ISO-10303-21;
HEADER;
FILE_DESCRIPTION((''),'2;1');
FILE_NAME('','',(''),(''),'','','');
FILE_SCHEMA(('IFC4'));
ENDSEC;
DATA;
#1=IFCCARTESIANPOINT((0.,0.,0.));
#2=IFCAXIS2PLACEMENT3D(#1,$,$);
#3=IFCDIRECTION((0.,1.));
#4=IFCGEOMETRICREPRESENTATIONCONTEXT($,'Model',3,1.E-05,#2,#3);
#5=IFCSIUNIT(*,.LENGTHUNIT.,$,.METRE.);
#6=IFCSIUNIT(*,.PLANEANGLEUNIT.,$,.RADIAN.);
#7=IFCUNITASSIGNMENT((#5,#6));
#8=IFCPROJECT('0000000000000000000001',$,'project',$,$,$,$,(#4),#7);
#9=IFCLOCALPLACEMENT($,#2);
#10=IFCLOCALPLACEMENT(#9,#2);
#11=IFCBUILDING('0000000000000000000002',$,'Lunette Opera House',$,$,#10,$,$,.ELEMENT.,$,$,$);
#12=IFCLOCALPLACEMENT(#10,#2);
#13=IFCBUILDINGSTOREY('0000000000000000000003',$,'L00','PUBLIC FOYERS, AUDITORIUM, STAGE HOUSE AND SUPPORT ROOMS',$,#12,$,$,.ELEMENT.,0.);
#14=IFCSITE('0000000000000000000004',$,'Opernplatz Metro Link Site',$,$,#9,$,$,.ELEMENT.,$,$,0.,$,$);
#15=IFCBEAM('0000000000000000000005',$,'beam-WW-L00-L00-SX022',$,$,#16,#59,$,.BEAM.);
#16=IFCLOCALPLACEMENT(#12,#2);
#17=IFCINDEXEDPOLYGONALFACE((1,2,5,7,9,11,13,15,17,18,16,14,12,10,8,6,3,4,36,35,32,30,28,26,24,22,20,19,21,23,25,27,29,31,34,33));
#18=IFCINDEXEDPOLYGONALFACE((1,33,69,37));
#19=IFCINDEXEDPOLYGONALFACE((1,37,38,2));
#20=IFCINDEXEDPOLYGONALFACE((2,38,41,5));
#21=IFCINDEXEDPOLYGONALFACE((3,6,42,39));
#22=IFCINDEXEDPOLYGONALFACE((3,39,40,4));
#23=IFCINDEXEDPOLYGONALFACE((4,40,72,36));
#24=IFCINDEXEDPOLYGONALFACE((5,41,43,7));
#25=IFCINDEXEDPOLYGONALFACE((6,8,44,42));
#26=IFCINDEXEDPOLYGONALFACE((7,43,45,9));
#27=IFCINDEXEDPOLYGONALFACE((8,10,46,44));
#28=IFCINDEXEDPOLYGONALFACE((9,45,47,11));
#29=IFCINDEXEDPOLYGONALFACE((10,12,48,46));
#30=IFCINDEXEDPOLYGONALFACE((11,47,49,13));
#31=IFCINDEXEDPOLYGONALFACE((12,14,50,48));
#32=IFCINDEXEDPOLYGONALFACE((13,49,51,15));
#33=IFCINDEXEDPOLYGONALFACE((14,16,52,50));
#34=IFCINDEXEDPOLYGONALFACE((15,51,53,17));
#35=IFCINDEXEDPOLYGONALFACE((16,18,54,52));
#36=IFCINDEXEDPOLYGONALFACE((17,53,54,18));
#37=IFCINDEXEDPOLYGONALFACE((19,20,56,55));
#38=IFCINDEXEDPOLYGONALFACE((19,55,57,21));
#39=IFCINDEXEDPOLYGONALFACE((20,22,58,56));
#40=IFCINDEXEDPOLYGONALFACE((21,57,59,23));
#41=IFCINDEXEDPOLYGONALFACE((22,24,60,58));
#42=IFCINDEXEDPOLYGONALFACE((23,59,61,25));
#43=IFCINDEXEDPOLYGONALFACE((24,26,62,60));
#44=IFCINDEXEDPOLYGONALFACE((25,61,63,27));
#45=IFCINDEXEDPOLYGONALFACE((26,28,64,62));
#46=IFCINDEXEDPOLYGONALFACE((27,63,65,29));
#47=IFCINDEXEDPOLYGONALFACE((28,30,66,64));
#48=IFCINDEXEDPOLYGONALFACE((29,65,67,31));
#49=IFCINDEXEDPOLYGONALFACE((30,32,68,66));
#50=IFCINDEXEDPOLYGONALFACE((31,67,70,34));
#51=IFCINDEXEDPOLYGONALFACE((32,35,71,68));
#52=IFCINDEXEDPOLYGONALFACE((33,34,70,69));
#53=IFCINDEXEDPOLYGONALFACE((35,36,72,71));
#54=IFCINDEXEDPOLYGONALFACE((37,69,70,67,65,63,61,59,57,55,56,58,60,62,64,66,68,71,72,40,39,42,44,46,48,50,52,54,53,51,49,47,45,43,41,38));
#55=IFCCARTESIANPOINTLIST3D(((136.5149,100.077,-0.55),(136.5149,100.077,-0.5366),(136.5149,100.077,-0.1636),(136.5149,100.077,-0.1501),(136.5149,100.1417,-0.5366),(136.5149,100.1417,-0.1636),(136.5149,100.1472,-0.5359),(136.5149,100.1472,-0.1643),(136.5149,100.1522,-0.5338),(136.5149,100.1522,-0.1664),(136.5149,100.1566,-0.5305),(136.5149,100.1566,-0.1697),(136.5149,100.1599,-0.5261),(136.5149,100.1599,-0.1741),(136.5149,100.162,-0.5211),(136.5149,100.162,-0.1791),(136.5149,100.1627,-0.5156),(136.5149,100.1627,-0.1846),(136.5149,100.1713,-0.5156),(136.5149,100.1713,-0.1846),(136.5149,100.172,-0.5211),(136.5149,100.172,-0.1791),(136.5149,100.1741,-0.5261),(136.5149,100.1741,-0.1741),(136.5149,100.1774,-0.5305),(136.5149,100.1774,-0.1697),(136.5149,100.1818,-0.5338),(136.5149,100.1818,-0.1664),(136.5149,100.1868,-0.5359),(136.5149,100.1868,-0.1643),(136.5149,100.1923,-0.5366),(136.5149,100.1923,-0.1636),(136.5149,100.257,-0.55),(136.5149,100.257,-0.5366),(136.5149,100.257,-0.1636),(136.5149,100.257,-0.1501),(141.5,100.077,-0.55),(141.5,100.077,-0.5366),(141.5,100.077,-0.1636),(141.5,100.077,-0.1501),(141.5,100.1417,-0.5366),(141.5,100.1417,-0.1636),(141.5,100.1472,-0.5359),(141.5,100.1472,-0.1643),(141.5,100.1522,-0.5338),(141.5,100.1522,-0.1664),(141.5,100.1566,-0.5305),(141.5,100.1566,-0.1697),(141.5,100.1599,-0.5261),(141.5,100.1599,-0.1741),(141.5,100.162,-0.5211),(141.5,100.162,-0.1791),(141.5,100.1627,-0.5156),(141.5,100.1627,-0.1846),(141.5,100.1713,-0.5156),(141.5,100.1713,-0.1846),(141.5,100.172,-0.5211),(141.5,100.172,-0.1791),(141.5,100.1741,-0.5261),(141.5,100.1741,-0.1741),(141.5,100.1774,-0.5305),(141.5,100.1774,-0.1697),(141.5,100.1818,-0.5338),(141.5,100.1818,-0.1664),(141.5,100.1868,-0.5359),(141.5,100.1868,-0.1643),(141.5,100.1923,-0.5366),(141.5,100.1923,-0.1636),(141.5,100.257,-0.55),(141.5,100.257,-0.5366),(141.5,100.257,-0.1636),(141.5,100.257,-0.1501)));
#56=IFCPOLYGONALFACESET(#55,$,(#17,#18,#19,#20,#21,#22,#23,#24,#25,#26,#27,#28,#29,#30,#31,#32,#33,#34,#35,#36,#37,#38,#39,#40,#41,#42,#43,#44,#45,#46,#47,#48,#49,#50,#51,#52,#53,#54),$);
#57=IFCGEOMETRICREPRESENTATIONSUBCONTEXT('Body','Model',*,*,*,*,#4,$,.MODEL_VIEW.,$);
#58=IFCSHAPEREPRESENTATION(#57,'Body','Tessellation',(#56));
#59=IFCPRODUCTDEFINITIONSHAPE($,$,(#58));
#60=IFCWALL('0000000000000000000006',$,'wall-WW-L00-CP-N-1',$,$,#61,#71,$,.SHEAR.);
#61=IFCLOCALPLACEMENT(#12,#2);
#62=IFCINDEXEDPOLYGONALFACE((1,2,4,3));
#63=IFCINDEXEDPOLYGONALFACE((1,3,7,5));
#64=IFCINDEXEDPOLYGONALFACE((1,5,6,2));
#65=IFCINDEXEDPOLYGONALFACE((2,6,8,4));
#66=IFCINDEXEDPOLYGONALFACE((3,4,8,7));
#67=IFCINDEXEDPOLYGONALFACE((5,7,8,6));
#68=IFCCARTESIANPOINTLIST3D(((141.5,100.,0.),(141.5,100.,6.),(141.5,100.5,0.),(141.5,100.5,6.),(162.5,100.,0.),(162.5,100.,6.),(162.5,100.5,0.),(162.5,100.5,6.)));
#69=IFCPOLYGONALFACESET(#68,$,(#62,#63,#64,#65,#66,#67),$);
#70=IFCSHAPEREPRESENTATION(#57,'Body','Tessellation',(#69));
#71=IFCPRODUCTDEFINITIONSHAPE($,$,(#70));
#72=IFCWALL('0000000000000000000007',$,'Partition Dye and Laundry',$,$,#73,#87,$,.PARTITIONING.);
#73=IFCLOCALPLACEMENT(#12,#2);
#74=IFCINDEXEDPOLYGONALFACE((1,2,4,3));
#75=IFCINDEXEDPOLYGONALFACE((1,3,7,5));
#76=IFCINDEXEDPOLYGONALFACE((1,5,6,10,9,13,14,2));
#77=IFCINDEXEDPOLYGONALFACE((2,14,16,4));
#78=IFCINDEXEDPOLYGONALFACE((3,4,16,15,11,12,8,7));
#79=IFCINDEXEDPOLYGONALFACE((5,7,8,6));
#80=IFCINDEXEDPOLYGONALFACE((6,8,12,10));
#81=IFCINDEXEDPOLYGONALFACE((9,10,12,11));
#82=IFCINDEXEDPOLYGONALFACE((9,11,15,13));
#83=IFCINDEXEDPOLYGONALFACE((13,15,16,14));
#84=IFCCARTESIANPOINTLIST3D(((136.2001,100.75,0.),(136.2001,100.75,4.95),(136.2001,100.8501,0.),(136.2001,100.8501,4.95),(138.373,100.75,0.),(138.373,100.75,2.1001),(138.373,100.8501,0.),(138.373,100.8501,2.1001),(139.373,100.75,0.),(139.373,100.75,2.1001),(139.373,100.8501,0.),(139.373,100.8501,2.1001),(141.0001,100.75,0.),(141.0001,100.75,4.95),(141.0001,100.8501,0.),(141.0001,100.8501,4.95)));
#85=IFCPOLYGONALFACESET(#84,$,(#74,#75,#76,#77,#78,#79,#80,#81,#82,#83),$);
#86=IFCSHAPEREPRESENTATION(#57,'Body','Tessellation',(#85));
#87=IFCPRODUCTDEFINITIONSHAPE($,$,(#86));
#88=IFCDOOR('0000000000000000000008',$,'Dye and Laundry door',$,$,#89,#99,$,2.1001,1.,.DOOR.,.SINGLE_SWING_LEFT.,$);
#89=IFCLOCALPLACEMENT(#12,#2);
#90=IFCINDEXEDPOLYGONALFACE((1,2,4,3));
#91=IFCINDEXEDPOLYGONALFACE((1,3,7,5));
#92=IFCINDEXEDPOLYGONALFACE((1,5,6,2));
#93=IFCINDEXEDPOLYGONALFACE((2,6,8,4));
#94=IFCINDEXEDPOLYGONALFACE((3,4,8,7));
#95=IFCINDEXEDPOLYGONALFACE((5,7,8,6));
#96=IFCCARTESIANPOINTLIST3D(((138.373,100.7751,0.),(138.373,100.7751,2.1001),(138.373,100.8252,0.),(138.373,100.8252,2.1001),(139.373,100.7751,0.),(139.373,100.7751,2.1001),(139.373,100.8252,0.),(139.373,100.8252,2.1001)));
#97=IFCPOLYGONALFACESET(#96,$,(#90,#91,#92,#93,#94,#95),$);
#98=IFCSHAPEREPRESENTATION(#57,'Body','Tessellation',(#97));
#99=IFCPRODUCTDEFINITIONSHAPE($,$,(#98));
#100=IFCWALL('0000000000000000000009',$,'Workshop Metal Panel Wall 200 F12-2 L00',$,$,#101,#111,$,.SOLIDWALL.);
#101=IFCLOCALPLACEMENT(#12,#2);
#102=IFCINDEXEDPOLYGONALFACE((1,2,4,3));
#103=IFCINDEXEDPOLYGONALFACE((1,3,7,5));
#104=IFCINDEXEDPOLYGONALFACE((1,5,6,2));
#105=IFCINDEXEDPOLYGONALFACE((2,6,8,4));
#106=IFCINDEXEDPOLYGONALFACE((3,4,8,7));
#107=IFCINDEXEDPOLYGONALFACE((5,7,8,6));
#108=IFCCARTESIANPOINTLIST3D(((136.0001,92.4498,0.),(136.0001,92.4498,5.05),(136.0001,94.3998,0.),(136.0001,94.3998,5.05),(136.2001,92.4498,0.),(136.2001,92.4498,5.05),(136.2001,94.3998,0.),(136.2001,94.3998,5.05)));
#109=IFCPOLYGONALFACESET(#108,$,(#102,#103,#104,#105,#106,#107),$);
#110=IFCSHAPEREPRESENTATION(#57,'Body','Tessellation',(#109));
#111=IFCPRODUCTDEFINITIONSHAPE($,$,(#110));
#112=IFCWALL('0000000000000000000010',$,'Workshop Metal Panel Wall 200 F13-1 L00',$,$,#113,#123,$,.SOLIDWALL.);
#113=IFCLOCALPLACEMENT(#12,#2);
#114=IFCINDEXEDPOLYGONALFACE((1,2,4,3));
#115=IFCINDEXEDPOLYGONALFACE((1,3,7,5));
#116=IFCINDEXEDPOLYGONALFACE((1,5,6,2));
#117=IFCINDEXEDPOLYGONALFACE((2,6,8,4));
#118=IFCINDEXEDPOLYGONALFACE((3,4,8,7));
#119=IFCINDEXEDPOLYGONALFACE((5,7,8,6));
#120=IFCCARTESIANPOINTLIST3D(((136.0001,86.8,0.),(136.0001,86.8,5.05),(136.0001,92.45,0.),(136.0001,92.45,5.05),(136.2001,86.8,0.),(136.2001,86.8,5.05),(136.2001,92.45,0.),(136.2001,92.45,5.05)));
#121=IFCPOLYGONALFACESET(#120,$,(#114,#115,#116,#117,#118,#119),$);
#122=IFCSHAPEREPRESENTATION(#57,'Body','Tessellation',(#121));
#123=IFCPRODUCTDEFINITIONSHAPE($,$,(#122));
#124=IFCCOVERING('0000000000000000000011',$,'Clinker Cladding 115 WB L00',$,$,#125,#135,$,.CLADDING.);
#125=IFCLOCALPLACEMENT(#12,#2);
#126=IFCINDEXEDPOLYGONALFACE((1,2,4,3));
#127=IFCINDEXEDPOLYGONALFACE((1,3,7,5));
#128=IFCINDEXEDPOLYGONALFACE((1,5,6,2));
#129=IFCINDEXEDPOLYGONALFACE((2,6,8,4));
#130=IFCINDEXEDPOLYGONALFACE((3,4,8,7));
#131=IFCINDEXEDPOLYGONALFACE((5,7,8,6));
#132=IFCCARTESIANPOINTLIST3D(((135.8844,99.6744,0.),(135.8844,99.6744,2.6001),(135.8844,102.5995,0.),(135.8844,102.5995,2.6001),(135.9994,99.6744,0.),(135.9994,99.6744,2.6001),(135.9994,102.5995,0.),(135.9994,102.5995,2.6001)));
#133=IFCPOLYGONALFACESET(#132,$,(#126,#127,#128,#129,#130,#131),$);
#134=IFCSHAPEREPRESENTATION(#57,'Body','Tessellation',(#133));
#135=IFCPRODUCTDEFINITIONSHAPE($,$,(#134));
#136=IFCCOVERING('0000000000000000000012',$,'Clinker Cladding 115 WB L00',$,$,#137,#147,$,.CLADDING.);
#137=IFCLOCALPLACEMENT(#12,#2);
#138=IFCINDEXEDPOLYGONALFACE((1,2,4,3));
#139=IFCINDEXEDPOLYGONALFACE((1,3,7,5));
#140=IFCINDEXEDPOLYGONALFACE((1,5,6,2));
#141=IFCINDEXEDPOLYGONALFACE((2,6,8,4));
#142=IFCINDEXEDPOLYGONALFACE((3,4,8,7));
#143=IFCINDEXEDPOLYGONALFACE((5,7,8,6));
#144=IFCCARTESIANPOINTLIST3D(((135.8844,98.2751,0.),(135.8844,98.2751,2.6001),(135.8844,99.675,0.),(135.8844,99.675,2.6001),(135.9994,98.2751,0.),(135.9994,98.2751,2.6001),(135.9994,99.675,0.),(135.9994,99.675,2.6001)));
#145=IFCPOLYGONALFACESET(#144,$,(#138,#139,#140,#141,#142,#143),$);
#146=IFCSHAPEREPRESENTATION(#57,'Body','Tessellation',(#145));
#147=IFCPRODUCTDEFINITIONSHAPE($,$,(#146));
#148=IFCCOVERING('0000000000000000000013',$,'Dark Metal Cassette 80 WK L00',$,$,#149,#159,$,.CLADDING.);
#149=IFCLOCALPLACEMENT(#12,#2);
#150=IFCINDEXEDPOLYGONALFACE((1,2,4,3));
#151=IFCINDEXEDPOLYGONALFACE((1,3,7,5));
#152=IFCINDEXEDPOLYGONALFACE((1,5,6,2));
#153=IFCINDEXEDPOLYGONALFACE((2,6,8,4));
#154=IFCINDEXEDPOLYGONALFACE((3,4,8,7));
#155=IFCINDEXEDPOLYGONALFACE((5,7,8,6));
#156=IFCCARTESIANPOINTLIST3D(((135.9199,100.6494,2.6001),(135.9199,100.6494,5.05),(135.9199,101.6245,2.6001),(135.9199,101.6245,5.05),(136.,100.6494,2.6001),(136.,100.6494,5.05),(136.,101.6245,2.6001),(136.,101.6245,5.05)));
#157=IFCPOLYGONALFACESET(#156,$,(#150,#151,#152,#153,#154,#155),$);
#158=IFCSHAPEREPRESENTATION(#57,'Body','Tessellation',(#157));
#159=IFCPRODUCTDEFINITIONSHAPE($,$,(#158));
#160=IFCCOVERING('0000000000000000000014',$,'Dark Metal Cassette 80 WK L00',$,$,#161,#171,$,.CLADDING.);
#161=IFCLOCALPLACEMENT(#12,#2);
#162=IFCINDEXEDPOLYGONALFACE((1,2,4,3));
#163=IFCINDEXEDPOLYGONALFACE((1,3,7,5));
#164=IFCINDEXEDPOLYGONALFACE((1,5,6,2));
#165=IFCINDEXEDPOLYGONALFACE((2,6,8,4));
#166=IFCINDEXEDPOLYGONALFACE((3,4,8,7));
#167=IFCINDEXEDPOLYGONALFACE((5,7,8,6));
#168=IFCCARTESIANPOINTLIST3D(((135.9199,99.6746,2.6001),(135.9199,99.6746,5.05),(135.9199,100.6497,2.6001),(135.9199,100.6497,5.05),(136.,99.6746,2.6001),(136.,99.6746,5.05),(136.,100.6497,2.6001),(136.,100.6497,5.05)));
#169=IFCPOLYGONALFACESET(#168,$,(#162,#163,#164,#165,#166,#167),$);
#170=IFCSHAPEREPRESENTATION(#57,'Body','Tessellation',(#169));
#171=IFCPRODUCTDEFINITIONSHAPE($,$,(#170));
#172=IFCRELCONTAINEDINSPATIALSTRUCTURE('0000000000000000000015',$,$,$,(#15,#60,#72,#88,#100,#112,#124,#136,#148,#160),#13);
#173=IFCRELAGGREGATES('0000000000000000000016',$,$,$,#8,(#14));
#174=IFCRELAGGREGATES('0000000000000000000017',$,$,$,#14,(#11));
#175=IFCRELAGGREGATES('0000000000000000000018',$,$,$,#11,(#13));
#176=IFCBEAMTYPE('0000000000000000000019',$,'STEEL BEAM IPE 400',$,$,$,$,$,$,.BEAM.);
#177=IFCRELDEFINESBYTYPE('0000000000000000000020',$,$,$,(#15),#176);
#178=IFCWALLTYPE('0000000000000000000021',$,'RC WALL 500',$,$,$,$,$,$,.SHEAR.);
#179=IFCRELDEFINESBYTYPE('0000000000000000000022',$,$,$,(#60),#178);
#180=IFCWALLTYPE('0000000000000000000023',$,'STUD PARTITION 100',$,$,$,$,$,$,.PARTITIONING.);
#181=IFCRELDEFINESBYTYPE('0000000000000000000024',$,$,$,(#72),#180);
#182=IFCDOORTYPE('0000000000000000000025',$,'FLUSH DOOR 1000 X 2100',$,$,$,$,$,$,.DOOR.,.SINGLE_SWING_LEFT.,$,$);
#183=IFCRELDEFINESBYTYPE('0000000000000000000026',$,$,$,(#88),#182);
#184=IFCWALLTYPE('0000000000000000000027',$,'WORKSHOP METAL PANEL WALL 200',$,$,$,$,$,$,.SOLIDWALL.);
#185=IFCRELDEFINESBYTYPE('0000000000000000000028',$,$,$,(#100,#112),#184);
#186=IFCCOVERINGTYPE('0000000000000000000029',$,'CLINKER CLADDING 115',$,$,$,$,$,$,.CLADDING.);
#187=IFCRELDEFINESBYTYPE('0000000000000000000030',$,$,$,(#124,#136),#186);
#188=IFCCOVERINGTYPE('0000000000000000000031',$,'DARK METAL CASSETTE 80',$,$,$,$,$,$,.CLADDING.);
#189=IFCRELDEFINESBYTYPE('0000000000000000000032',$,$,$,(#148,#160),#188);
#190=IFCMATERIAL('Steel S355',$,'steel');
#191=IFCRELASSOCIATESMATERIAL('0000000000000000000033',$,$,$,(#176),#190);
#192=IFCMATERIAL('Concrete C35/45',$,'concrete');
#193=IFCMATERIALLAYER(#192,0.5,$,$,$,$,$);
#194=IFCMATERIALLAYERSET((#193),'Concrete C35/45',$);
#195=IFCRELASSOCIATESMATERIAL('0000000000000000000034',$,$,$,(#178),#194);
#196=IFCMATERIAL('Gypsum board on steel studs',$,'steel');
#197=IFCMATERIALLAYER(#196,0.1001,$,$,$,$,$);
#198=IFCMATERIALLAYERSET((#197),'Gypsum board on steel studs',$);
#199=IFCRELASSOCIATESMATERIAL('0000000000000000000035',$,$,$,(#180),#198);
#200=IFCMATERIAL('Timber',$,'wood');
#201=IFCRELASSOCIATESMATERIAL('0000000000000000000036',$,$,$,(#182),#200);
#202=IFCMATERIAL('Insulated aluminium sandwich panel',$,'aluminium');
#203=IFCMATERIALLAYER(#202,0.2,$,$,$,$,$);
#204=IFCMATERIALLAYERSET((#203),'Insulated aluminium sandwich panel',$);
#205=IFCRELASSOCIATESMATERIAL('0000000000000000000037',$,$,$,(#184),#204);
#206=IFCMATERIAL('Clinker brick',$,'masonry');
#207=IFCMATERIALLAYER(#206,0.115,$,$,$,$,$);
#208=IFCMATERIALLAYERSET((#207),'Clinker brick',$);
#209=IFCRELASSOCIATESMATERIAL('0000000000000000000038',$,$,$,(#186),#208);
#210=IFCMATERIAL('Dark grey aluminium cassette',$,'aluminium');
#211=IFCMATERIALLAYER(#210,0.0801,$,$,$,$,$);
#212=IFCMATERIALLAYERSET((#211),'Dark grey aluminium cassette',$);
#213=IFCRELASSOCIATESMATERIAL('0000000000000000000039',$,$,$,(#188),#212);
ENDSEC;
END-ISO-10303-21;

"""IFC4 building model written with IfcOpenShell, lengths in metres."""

from ifc_helpers import new_model, si_unit, direction, frame, frame_2d, origin, origin_2d, place, context, subcontext, project, spatial, rectangle, i_section, extrude, material, layer, layer_set, material_profile, profile_set, type_object, element, fill, save


model = new_model("IFC4")

# Units and contexts
model_context = context("Model", 3, precision=1e-05, world=origin(), true_north=direction((0.0, 1.0)))
body_context = subcontext(model_context, "Body", "Model", "MODEL_VIEW")
ifc_project = project(units=[si_unit("LENGTHUNIT", "METRE"), si_unit("PLANEANGLEUNIT", "RADIAN")], contexts=[model_context])

# Site, building, storey
site_placement = place(None, origin())
site = spatial("IfcSite", under=ifc_project, at=site_placement, Name="Opernplatz Metro Link Site", CompositionType="ELEMENT", RefElevation=0.0)
building_placement = place(site_placement, origin())
building = spatial("IfcBuilding", under=site, at=building_placement, Name="Lunette Opera House", CompositionType="ELEMENT")
storey_placement = place(building_placement, origin())
storey = spatial("IfcBuildingStorey", under=building, at=storey_placement, Name="L00", Description="PUBLIC FOYERS, AUDITORIUM, STAGE HOUSE AND SUPPORT ROOMS", CompositionType="ELEMENT", Elevation=0.0)

# Beam
ifc_material_1 = material(Name="Steel S355", Category="steel")
ifc_material_profile_1 = material_profile(ifc_material_1, i_section(OverallWidth=0.1799, OverallDepth=0.3999, WebThickness=0.0085, FlangeThickness=0.0134, FilletRadius=0.021, at=origin_2d()), Name="IPE 400")
ifc_profile_set_1 = profile_set([ifc_material_profile_1], Name="Steel S355")
beam_type_1 = type_object("IfcBeamType", Name="STEEL BEAM IPE 400", PredefinedType="BEAM", material=ifc_profile_set_1)
beam_1_placement = place(storey_placement, frame((136.5149, 100.167, -0.3501), z_axis=(1.0, 0.0, 0.0), x_axis=(0.0, 1.0, 0.0)))
element("IfcBeam", 1, at=beam_1_placement, inside=storey, type_object=beam_type_1, Name="beam-WW-L00-L00-SX022", PredefinedType="BEAM", context=body_context, shape_type="SweptSolid", body=[
    extrude(i_section(OverallWidth=0.1799, OverallDepth=0.3999, WebThickness=0.0085, FlangeThickness=0.0134, FilletRadius=0.021, at=origin_2d()), origin(), (0.0, 0.0, 1.0), 4.9851),
])

# Wall
ifc_material_2 = material(Name="Concrete C35/45", Category="concrete")
ifc_layer_1 = layer(ifc_material_2, 0.5)
ifc_layer_set_1 = layer_set([ifc_layer_1], Name="Concrete C35/45")
wall_type_1 = type_object("IfcWallType", Name="RC WALL 500", PredefinedType="SHEAR", material=ifc_layer_set_1)
wall_1_placement = place(storey_placement, frame((141.5, 100.25, 0.0), z_axis=(0.0, 0.0, 1.0), x_axis=(1.0, 0.0, 0.0)))
element("IfcWall", 2, at=wall_1_placement, inside=storey, type_object=wall_type_1, Name="wall-WW-L00-CP-N-1", PredefinedType="SHEAR", context=body_context, shape_type="SweptSolid", body=[
    extrude(rectangle(XDim=21.0, YDim=0.5, at=frame_2d((10.5, 0.0))), origin(), (0.0, 0.0, 1.0), 6.0),
])

# Wall, opening, door
ifc_material_3 = material(Name="Gypsum board on steel studs", Category="steel")
ifc_layer_2 = layer(ifc_material_3, 0.1001)
ifc_layer_set_2 = layer_set([ifc_layer_2], Name="Gypsum board on steel studs")
wall_type_2 = type_object("IfcWallType", Name="STUD PARTITION 100", PredefinedType="PARTITIONING", material=ifc_layer_set_2)
wall_2_placement = place(storey_placement, frame((141.0, 100.8, 0.0), z_axis=(0.0, 0.0, 1.0), x_axis=(-1.0, 0.0, 0.0)))
wall_2 = element("IfcWall", 3, at=wall_2_placement, inside=storey, type_object=wall_type_2, Name="Partition Dye and Laundry", PredefinedType="PARTITIONING", context=body_context, shape_type="SweptSolid", body=[
    extrude(rectangle(XDim=4.8, YDim=0.1001, at=frame_2d((2.3999, 0.0))), origin(), (0.0, 0.0, 1.0), 4.95),
])
opening_1_placement = place(wall_2_placement, frame((1.627, 0.0, 0.0)))
opening_1 = element("IfcOpeningElement", 4, at=opening_1_placement, cuts=wall_2, PredefinedType="OPENING", context=body_context, shape_type="SweptSolid", body=[
    extrude(rectangle(XDim=1.0, YDim=2.1001, at=frame_2d((0.5, 1.05))), frame((0.0, 0.062, 0.0), z_axis=(0.0, -1.0, 0.0), x_axis=(1.0, 0.0, 0.0)), (0.0, 0.0, 1.0), 0.124),
])
ifc_material_4 = material(Name="Timber", Category="wood")
door_type_1 = type_object("IfcDoorType", Name="FLUSH DOOR 1000 X 2100", OperationType="SINGLE_SWING_LEFT", PredefinedType="DOOR", material=ifc_material_4)
door_1_placement = place(opening_1_placement, origin())
door_1 = element("IfcDoor", 5, at=door_1_placement, inside=storey, type_object=door_type_1, Name="Dye and Laundry door", OperationType="SINGLE_SWING_LEFT", OverallHeight=2.1001, OverallWidth=1.0, PredefinedType="DOOR", context=body_context, shape_type="SweptSolid", body=[
    extrude(rectangle(XDim=1.0, YDim=2.1001, at=frame_2d((0.5, 1.05))), frame((0.0, 0.0249, 0.0), z_axis=(0.0, -1.0, 0.0), x_axis=(1.0, 0.0, 0.0)), (0.0, 0.0, 1.0), 0.05),
])
fill(opening_1, door_1)
ifc_material_5 = material(Name="Insulated aluminium sandwich panel", Category="aluminium")
ifc_layer_3 = layer(ifc_material_5, 0.2)
ifc_layer_set_3 = layer_set([ifc_layer_3], Name="Insulated aluminium sandwich panel")
wall_type_3 = type_object("IfcWallType", Name="WORKSHOP METAL PANEL WALL 200", PredefinedType="SOLIDWALL", material=ifc_layer_set_3)

# Walls
wall_3_placement = place(storey_placement, frame((136.1001, 94.3999, 0.0), z_axis=(0.0, 0.0, 1.0), x_axis=(0.0, -1.0, 0.0)))
element("IfcWall", 6, at=wall_3_placement, inside=storey, type_object=wall_type_3, Name="Workshop Metal Panel Wall 200 F12-2 L00", PredefinedType="SOLIDWALL", context=body_context, shape_type="SweptSolid", body=[
    extrude(rectangle(XDim=1.95, YDim=0.2, at=frame_2d((0.9751, 0.0))), origin(), (0.0, 0.0, 1.0), 5.05),
])
wall_4_placement = place(storey_placement, frame((136.1001, 92.45, 0.0), z_axis=(0.0, 0.0, 1.0), x_axis=(0.0, -1.0, 0.0)))
element("IfcWall", 7, at=wall_4_placement, inside=storey, type_object=wall_type_3, Name="Workshop Metal Panel Wall 200 F13-1 L00", PredefinedType="SOLIDWALL", context=body_context, shape_type="SweptSolid", body=[
    extrude(rectangle(XDim=5.6499, YDim=0.2, at=frame_2d((2.825, 0.0))), origin(), (0.0, 0.0, 1.0), 5.05),
])

# Coverings
ifc_material_6 = material(Name="Clinker brick", Category="masonry")
ifc_layer_4 = layer(ifc_material_6, 0.115)
ifc_layer_set_4 = layer_set([ifc_layer_4], Name="Clinker brick")
covering_type_1 = type_object("IfcCoveringType", Name="CLINKER CLADDING 115", PredefinedType="CLADDING", material=ifc_layer_set_4)
covering_1_placement = place(storey_placement, frame((135.9419, 101.137, 0.0), z_axis=(0.0, 0.0, 1.0), x_axis=(0.0, -1.0, 0.0)))
element("IfcCovering", 8, at=covering_1_placement, inside=storey, type_object=covering_type_1, Name="Clinker Cladding 115 WB L00", PredefinedType="CLADDING", context=body_context, shape_type="SweptSolid", body=[
    extrude(rectangle(XDim=2.925, YDim=0.115, at=origin_2d()), origin(), (0.0, 0.0, 1.0), 2.6001),
])
covering_2_placement = place(storey_placement, frame((135.9419, 98.9751, 0.0), z_axis=(0.0, 0.0, 1.0), x_axis=(0.0, -1.0, 0.0)))
element("IfcCovering", 9, at=covering_2_placement, inside=storey, type_object=covering_type_1, Name="Clinker Cladding 115 WB L00", PredefinedType="CLADDING", context=body_context, shape_type="SweptSolid", body=[
    extrude(rectangle(XDim=1.3999, YDim=0.115, at=origin_2d()), origin(), (0.0, 0.0, 1.0), 2.6001),
])
ifc_material_7 = material(Name="Dark grey aluminium cassette", Category="aluminium")
ifc_layer_5 = layer(ifc_material_7, 0.0801)
ifc_layer_set_5 = layer_set([ifc_layer_5], Name="Dark grey aluminium cassette")
covering_type_2 = type_object("IfcCoveringType", Name="DARK METAL CASSETTE 80", PredefinedType="CLADDING", material=ifc_layer_set_5)
for number, where, z_axis, x_axis, name in (
    (10, (135.96, 101.137, 2.6001), (0.0, 0.0, 1.0), (0.0, -1.0, 0.0), "Dark Metal Cassette 80 WK L00"),
    (11, (135.96, 100.1621, 2.6001), (0.0, 0.0, 1.0), (0.0, -1.0, 0.0), "Dark Metal Cassette 80 WK L00"),
):
    element("IfcCovering", number, at=place(storey_placement, frame(where, z_axis=z_axis, x_axis=x_axis)), inside=storey, type_object=covering_type_2, Name=name, PredefinedType="CLADDING", context=body_context, shape_type="SweptSolid", body=[
        extrude(rectangle(XDim=0.9751, YDim=0.0801, at=origin_2d()), origin(), (0.0, 0.0, 1.0), 2.45),
    ])

save(model, "model.ifc")
